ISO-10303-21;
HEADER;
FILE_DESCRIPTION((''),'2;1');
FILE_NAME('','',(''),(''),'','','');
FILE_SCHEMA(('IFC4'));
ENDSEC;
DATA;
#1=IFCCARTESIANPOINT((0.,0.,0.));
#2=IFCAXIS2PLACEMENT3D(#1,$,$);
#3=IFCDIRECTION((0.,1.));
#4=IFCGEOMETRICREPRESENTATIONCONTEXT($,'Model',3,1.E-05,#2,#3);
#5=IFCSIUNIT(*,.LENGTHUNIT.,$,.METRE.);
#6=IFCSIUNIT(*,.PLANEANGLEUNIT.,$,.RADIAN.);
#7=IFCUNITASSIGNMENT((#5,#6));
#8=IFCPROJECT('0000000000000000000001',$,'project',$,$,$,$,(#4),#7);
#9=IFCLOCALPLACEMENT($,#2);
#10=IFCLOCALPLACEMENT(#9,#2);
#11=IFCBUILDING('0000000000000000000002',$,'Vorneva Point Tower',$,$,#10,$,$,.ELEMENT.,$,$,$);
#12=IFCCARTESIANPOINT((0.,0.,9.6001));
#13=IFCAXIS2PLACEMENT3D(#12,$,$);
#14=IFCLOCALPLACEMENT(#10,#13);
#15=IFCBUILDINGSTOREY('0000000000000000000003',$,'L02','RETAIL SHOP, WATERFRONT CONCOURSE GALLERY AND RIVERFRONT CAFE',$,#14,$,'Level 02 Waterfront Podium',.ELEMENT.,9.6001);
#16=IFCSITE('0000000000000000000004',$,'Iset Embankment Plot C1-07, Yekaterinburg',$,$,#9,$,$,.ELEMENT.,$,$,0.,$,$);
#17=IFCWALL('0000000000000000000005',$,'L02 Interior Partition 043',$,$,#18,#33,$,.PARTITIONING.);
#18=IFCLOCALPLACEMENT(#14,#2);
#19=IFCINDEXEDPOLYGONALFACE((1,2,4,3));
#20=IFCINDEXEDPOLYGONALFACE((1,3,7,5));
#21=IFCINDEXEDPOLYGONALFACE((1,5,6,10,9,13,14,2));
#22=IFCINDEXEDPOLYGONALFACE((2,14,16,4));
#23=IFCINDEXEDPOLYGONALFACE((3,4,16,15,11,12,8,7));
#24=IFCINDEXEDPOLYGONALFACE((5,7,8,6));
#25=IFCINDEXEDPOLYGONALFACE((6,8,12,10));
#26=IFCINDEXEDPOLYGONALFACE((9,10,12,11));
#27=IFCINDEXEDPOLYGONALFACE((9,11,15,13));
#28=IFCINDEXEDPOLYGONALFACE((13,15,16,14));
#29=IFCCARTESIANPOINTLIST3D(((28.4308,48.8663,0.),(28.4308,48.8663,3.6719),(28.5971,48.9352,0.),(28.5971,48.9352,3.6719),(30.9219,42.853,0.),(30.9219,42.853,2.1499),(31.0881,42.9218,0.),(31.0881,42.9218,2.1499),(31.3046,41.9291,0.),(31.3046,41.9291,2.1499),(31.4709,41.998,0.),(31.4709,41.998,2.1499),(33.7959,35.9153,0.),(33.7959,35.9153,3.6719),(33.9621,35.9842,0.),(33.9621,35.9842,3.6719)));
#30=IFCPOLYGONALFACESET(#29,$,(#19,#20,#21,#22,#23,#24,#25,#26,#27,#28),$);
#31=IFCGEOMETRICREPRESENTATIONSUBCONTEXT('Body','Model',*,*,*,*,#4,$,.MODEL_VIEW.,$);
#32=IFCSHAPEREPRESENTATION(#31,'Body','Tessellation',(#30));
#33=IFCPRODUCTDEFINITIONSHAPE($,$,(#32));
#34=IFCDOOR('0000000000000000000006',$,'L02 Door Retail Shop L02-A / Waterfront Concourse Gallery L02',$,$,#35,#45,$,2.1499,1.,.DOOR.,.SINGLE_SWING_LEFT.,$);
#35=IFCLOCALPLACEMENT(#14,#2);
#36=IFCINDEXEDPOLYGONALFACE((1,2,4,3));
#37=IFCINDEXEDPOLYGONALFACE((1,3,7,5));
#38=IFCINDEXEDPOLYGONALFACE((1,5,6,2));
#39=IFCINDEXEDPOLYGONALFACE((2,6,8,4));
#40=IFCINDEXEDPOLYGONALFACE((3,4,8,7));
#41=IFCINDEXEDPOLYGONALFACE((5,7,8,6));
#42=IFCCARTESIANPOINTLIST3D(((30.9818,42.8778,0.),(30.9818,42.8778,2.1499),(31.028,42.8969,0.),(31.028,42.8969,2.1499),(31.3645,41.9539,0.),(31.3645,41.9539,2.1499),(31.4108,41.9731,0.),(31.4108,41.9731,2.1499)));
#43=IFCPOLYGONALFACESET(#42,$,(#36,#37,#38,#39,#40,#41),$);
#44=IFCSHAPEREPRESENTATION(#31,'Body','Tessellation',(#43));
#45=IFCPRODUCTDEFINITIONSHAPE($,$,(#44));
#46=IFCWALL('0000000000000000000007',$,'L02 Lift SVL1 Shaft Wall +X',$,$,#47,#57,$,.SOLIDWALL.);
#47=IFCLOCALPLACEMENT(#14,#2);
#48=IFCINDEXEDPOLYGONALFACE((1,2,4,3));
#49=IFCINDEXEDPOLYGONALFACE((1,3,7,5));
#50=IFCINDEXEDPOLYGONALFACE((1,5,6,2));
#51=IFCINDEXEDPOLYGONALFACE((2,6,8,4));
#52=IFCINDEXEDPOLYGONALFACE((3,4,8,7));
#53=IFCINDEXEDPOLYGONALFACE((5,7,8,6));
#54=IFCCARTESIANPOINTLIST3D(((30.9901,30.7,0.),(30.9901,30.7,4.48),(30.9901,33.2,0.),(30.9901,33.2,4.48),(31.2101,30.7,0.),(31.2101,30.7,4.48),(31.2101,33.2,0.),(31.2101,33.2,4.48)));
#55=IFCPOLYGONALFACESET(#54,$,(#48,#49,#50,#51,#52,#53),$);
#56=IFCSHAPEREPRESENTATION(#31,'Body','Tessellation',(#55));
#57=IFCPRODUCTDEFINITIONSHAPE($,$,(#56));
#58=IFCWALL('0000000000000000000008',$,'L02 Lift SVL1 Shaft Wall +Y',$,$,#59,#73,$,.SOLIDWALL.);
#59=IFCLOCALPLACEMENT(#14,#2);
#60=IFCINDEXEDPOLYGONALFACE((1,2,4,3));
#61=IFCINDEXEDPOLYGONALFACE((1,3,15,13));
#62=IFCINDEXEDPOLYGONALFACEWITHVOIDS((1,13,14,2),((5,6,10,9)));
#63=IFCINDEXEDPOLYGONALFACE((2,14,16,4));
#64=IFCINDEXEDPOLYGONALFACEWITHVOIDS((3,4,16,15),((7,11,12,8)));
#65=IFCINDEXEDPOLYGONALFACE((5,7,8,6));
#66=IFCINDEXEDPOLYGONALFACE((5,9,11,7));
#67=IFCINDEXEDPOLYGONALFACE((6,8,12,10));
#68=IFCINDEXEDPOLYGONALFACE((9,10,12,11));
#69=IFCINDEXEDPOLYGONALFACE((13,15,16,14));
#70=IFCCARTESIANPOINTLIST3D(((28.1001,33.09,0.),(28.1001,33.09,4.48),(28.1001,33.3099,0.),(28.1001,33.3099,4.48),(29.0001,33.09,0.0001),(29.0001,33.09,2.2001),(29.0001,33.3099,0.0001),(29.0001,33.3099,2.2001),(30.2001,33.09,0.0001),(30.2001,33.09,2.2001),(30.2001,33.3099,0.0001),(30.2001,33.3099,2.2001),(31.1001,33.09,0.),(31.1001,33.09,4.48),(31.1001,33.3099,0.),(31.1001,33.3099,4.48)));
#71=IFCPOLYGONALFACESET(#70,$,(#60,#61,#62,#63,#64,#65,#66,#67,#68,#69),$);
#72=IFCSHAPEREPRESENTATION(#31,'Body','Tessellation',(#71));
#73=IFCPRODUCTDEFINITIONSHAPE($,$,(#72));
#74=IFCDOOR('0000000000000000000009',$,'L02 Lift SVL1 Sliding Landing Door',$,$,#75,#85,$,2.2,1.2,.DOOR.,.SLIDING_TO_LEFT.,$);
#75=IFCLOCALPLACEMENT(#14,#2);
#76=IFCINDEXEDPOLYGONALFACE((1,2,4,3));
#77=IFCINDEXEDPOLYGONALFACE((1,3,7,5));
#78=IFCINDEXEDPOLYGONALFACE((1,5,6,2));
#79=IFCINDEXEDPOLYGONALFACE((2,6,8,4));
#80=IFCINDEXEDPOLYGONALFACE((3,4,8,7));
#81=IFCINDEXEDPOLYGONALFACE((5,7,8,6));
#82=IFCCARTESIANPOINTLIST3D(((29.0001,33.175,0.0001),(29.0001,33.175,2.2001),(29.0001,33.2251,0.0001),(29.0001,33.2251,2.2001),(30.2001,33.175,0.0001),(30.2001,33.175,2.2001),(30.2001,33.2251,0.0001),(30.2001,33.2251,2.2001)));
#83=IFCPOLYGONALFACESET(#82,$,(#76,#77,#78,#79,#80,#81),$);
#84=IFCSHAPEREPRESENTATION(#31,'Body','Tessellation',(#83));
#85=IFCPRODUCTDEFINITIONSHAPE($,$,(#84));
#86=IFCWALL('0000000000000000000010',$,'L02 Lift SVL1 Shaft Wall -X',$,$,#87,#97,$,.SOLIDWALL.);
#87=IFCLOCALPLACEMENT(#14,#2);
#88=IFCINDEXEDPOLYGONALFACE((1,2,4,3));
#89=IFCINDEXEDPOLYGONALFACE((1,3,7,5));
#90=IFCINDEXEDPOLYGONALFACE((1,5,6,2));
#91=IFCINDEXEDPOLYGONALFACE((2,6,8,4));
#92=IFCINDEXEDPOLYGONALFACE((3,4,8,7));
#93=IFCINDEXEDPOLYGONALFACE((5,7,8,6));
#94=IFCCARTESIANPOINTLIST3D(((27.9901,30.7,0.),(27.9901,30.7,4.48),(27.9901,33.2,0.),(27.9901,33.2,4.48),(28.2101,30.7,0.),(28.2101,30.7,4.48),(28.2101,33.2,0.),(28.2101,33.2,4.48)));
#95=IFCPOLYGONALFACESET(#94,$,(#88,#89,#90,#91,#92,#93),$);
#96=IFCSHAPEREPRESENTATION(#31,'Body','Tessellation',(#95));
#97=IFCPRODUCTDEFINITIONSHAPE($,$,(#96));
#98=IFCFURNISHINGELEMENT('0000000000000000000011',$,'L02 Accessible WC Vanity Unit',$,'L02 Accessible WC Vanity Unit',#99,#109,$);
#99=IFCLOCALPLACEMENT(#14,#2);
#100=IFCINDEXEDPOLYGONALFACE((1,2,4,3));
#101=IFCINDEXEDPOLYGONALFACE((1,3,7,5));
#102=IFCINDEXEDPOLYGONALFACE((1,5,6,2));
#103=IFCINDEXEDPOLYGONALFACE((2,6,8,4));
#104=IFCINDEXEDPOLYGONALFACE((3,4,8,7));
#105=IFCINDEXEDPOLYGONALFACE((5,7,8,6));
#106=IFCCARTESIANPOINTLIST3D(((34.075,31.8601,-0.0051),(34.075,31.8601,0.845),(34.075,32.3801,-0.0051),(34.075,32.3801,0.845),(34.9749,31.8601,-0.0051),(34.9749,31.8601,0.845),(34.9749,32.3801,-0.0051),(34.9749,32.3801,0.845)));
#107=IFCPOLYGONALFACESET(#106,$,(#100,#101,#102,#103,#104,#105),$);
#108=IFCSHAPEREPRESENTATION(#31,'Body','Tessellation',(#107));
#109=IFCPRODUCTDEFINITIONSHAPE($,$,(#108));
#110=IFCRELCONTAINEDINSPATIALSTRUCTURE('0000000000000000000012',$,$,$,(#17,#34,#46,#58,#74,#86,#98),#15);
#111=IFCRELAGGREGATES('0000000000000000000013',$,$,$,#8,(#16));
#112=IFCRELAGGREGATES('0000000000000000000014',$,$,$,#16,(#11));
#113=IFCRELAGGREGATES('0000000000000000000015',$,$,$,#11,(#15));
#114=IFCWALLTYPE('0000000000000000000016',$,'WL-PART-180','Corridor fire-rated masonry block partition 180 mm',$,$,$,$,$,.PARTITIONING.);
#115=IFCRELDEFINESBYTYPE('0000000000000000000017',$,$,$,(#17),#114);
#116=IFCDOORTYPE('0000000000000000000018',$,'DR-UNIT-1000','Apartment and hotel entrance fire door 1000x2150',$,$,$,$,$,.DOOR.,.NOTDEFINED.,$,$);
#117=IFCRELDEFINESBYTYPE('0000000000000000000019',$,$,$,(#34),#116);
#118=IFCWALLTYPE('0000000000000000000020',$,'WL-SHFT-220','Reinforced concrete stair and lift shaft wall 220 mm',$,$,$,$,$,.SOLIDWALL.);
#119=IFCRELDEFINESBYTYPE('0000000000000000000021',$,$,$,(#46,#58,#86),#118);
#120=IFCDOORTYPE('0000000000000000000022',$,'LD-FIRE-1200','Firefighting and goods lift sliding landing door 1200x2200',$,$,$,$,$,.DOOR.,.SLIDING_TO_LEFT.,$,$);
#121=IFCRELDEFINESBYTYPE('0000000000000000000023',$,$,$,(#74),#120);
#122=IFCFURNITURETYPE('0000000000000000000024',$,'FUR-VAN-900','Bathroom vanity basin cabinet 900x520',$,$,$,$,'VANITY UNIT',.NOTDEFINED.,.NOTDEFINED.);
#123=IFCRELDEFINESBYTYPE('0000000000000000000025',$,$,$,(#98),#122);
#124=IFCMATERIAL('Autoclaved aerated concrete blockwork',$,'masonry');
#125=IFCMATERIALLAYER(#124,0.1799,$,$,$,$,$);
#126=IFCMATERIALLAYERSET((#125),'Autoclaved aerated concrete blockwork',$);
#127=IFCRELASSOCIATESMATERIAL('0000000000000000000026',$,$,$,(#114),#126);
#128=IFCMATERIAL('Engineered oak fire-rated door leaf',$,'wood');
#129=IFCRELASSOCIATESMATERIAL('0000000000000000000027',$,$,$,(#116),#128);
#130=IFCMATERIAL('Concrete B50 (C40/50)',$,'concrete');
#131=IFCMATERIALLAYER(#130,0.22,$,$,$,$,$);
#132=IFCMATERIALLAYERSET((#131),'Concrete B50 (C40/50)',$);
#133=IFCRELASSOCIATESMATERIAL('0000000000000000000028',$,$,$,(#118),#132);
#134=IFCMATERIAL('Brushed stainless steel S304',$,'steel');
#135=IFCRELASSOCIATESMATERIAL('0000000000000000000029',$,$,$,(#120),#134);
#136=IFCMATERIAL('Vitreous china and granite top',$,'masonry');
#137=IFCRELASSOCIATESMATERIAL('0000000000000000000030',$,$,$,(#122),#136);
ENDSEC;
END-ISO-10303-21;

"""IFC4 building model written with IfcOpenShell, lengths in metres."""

from ifc_helpers import new_model, si_unit, direction, frame, frame_2d, origin, origin_2d, place, context, subcontext, project, spatial, rectangle, extrude, material, layer, layer_set, type_object, element, fill, save


model = new_model("IFC4")

# Units and contexts
model_context = context("Model", 3, precision=1e-05, world=origin(), true_north=direction((0.0, 1.0)))
body_context = subcontext(model_context, "Body", "Model", "MODEL_VIEW")
ifc_project = project(units=[si_unit("LENGTHUNIT", "METRE"), si_unit("PLANEANGLEUNIT", "RADIAN")], contexts=[model_context])

# Site, building, storey
site_placement = place(None, origin())
site = spatial("IfcSite", under=ifc_project, at=site_placement, Name="Iset Embankment Plot C1-07, Yekaterinburg", CompositionType="ELEMENT", RefElevation=0.0)
building_placement = place(site_placement, origin())
building = spatial("IfcBuilding", under=site, at=building_placement, Name="Vorneva Point Tower", CompositionType="ELEMENT")
storey_placement = place(building_placement, frame((0.0, 0.0, 9.6001)))
storey = spatial("IfcBuildingStorey", under=building, at=storey_placement, Name="L02", Description="RETAIL SHOP, WATERFRONT CONCOURSE GALLERY AND RIVERFRONT CAFE", LongName="Level 02 Waterfront Podium", CompositionType="ELEMENT", Elevation=9.6001)

# Shared definitions
ifc_material_1 = material(Name="Autoclaved aerated concrete blockwork", Category="masonry")
ifc_layer_1 = layer(ifc_material_1, 0.1799)
ifc_layer_set_1 = layer_set([ifc_layer_1], Name="Autoclaved aerated concrete blockwork")
wall_type_1 = type_object("IfcWallType", Name="WL-PART-180", Description="Corridor fire-rated masonry block partition 180 mm", PredefinedType="PARTITIONING", material=ifc_layer_set_1)

# Shared definitions
ifc_material_2 = material(Name="Engineered oak fire-rated door leaf", Category="wood")

# Wall, opening, door
wall_1_placement = place(storey_placement, frame((28.5139, 48.9009, 0.0), z_axis=(0.0, 0.0, 1.0), x_axis=(0.382716, -0.923866, 0.0)))
wall_1 = element("IfcWall", 1, at=wall_1_placement, inside=storey, type_object=wall_type_1, Name="L02 Interior Partition 043", PredefinedType="PARTITIONING", context=body_context, shape_type="SweptSolid", body=[
    extrude(rectangle(XDim=14.0183, YDim=0.1799, at=frame_2d((7.0093, 0.0))), origin(), (0.0, 0.0, 1.0), 3.6719),
])
opening_1_placement = place(wall_1_placement, frame((6.509, 0.0, 0.0)))
opening_1 = element("IfcOpeningElement", 2, at=opening_1_placement, cuts=wall_1, PredefinedType="OPENING", context=body_context, shape_type="SweptSolid", body=[
    extrude(rectangle(XDim=1.0, YDim=2.1499, at=frame_2d((0.5, 1.075))), frame((0.0, 0.105, 0.0), z_axis=(0.0, -1.0, 0.0), x_axis=(1.0, 0.0, 0.0)), (0.0, 0.0, 1.0), 0.2097),
])
door_type_1 = type_object("IfcDoorType", Name="DR-UNIT-1000", Description="Apartment and hotel entrance fire door 1000x2150", OperationType="NOTDEFINED", PredefinedType="DOOR", material=ifc_material_2)
door_1_placement = place(opening_1_placement, origin())
door_1 = element("IfcDoor", 3, at=door_1_placement, inside=storey, type_object=door_type_1, Name="L02 Door Retail Shop L02-A / Waterfront Concourse Gallery L02", OperationType="SINGLE_SWING_LEFT", OverallHeight=2.1499, OverallWidth=1.0, PredefinedType="DOOR", context=body_context, shape_type="SweptSolid", body=[
    extrude(rectangle(XDim=1.0, YDim=2.1499, at=frame_2d((0.5, 1.075))), frame((0.0, 0.0249, 0.0), z_axis=(0.0, -1.0, 0.0), x_axis=(1.0, 0.0, 0.0)), (0.0, 0.0, 1.0), 0.05),
])
fill(opening_1, door_1)

# Wall
ifc_material_3 = material(Name="Concrete B50 (C40/50)", Category="concrete")
ifc_layer_2 = layer(ifc_material_3, 0.22)
ifc_layer_set_2 = layer_set([ifc_layer_2], Name="Concrete B50 (C40/50)")
wall_type_2 = type_object("IfcWallType", Name="WL-SHFT-220", Description="Reinforced concrete stair and lift shaft wall 220 mm", PredefinedType="SOLIDWALL", material=ifc_layer_set_2)
wall_2_placement = place(storey_placement, frame((31.1001, 30.7, 0.0), z_axis=(0.0, 0.0, 1.0), x_axis=(0.0, 1.0, 0.0)))
element("IfcWall", 4, at=wall_2_placement, inside=storey, type_object=wall_type_2, Name="L02 Lift SVL1 Shaft Wall +X", PredefinedType="SOLIDWALL", context=body_context, shape_type="SweptSolid", body=[
    extrude(rectangle(XDim=2.5, YDim=0.22, at=frame_2d((1.25, 0.0))), origin(), (0.0, 0.0, 1.0), 4.48),
])

# Wall, opening, door
wall_3_placement = place(storey_placement, frame((31.1001, 33.2, 0.0), z_axis=(0.0, 0.0, 1.0), x_axis=(-1.0, 0.0, 0.0)))
wall_3 = element("IfcWall", 5, at=wall_3_placement, inside=storey, type_object=wall_type_2, Name="L02 Lift SVL1 Shaft Wall +Y", PredefinedType="SOLIDWALL", context=body_context, shape_type="SweptSolid", body=[
    extrude(rectangle(XDim=3.0, YDim=0.22, at=frame_2d((1.5, 0.0))), origin(), (0.0, 0.0, 1.0), 4.48),
])
opening_2_placement = place(wall_3_placement, frame((0.8999, 0.0, 0.0)))
opening_2 = element("IfcOpeningElement", 6, at=opening_2_placement, cuts=wall_3, PredefinedType="OPENING", context=body_context, shape_type="SweptSolid", body=[
    extrude(rectangle(XDim=1.2, YDim=2.2, at=frame_2d((0.6001, 1.1001))), frame((0.0, 0.125, 0.0), z_axis=(0.0, -1.0, 0.0), x_axis=(1.0, 0.0, 0.0)), (0.0, 0.0, 1.0), 0.2498),
])
ifc_material_4 = material(Name="Brushed stainless steel S304", Category="steel")
door_type_2 = type_object("IfcDoorType", Name="LD-FIRE-1200", Description="Firefighting and goods lift sliding landing door 1200x2200", OperationType="SLIDING_TO_LEFT", PredefinedType="DOOR", material=ifc_material_4)
door_2_placement = place(opening_2_placement, origin())
door_2 = element("IfcDoor", 7, at=door_2_placement, inside=storey, type_object=door_type_2, Name="L02 Lift SVL1 Sliding Landing Door", OperationType="SLIDING_TO_LEFT", OverallHeight=2.2, OverallWidth=1.2, PredefinedType="DOOR", context=body_context, shape_type="SweptSolid", body=[
    extrude(rectangle(XDim=1.2, YDim=2.2, at=frame_2d((0.6001, 1.1001))), frame((0.0, 0.0249, 0.0), z_axis=(0.0, -1.0, 0.0), x_axis=(1.0, 0.0, 0.0)), (0.0, 0.0, 1.0), 0.05),
])
fill(opening_2, door_2)

# Wall
wall_4_placement = place(storey_placement, frame((28.1001, 33.2, 0.0), z_axis=(0.0, 0.0, 1.0), x_axis=(0.0, -1.0, 0.0)))
element("IfcWall", 8, at=wall_4_placement, inside=storey, type_object=wall_type_2, Name="L02 Lift SVL1 Shaft Wall -X", PredefinedType="SOLIDWALL", context=body_context, shape_type="SweptSolid", body=[
    extrude(rectangle(XDim=2.5, YDim=0.22, at=frame_2d((1.25, 0.0))), origin(), (0.0, 0.0, 1.0), 4.48),
])

# Furnishing element
ifc_material_5 = material(Name="Vitreous china and granite top", Category="masonry")
furniture_type = type_object("IfcFurnitureType", Name="FUR-VAN-900", Description="Bathroom vanity basin cabinet 900x520", ElementType="VANITY UNIT", AssemblyPlace="NOTDEFINED", PredefinedType="NOTDEFINED", material=ifc_material_5)
furnishing_placement = place(storey_placement, frame((34.5249, 32.1201, -0.0051), z_axis=(0.0, 0.0, 1.0), x_axis=(1.0, 0.0, 0.0)))
element("IfcFurnishingElement", 9, at=furnishing_placement, inside=storey, type_object=furniture_type, Name="L02 Accessible WC Vanity Unit", ObjectType="L02 Accessible WC Vanity Unit", context=body_context, shape_type="SweptSolid", body=[
    extrude(rectangle(XDim=0.8999, YDim=0.52, at=origin_2d()), origin(), (0.0, 0.0, 1.0), 0.8501),
])

save(model, "model.ifc")
